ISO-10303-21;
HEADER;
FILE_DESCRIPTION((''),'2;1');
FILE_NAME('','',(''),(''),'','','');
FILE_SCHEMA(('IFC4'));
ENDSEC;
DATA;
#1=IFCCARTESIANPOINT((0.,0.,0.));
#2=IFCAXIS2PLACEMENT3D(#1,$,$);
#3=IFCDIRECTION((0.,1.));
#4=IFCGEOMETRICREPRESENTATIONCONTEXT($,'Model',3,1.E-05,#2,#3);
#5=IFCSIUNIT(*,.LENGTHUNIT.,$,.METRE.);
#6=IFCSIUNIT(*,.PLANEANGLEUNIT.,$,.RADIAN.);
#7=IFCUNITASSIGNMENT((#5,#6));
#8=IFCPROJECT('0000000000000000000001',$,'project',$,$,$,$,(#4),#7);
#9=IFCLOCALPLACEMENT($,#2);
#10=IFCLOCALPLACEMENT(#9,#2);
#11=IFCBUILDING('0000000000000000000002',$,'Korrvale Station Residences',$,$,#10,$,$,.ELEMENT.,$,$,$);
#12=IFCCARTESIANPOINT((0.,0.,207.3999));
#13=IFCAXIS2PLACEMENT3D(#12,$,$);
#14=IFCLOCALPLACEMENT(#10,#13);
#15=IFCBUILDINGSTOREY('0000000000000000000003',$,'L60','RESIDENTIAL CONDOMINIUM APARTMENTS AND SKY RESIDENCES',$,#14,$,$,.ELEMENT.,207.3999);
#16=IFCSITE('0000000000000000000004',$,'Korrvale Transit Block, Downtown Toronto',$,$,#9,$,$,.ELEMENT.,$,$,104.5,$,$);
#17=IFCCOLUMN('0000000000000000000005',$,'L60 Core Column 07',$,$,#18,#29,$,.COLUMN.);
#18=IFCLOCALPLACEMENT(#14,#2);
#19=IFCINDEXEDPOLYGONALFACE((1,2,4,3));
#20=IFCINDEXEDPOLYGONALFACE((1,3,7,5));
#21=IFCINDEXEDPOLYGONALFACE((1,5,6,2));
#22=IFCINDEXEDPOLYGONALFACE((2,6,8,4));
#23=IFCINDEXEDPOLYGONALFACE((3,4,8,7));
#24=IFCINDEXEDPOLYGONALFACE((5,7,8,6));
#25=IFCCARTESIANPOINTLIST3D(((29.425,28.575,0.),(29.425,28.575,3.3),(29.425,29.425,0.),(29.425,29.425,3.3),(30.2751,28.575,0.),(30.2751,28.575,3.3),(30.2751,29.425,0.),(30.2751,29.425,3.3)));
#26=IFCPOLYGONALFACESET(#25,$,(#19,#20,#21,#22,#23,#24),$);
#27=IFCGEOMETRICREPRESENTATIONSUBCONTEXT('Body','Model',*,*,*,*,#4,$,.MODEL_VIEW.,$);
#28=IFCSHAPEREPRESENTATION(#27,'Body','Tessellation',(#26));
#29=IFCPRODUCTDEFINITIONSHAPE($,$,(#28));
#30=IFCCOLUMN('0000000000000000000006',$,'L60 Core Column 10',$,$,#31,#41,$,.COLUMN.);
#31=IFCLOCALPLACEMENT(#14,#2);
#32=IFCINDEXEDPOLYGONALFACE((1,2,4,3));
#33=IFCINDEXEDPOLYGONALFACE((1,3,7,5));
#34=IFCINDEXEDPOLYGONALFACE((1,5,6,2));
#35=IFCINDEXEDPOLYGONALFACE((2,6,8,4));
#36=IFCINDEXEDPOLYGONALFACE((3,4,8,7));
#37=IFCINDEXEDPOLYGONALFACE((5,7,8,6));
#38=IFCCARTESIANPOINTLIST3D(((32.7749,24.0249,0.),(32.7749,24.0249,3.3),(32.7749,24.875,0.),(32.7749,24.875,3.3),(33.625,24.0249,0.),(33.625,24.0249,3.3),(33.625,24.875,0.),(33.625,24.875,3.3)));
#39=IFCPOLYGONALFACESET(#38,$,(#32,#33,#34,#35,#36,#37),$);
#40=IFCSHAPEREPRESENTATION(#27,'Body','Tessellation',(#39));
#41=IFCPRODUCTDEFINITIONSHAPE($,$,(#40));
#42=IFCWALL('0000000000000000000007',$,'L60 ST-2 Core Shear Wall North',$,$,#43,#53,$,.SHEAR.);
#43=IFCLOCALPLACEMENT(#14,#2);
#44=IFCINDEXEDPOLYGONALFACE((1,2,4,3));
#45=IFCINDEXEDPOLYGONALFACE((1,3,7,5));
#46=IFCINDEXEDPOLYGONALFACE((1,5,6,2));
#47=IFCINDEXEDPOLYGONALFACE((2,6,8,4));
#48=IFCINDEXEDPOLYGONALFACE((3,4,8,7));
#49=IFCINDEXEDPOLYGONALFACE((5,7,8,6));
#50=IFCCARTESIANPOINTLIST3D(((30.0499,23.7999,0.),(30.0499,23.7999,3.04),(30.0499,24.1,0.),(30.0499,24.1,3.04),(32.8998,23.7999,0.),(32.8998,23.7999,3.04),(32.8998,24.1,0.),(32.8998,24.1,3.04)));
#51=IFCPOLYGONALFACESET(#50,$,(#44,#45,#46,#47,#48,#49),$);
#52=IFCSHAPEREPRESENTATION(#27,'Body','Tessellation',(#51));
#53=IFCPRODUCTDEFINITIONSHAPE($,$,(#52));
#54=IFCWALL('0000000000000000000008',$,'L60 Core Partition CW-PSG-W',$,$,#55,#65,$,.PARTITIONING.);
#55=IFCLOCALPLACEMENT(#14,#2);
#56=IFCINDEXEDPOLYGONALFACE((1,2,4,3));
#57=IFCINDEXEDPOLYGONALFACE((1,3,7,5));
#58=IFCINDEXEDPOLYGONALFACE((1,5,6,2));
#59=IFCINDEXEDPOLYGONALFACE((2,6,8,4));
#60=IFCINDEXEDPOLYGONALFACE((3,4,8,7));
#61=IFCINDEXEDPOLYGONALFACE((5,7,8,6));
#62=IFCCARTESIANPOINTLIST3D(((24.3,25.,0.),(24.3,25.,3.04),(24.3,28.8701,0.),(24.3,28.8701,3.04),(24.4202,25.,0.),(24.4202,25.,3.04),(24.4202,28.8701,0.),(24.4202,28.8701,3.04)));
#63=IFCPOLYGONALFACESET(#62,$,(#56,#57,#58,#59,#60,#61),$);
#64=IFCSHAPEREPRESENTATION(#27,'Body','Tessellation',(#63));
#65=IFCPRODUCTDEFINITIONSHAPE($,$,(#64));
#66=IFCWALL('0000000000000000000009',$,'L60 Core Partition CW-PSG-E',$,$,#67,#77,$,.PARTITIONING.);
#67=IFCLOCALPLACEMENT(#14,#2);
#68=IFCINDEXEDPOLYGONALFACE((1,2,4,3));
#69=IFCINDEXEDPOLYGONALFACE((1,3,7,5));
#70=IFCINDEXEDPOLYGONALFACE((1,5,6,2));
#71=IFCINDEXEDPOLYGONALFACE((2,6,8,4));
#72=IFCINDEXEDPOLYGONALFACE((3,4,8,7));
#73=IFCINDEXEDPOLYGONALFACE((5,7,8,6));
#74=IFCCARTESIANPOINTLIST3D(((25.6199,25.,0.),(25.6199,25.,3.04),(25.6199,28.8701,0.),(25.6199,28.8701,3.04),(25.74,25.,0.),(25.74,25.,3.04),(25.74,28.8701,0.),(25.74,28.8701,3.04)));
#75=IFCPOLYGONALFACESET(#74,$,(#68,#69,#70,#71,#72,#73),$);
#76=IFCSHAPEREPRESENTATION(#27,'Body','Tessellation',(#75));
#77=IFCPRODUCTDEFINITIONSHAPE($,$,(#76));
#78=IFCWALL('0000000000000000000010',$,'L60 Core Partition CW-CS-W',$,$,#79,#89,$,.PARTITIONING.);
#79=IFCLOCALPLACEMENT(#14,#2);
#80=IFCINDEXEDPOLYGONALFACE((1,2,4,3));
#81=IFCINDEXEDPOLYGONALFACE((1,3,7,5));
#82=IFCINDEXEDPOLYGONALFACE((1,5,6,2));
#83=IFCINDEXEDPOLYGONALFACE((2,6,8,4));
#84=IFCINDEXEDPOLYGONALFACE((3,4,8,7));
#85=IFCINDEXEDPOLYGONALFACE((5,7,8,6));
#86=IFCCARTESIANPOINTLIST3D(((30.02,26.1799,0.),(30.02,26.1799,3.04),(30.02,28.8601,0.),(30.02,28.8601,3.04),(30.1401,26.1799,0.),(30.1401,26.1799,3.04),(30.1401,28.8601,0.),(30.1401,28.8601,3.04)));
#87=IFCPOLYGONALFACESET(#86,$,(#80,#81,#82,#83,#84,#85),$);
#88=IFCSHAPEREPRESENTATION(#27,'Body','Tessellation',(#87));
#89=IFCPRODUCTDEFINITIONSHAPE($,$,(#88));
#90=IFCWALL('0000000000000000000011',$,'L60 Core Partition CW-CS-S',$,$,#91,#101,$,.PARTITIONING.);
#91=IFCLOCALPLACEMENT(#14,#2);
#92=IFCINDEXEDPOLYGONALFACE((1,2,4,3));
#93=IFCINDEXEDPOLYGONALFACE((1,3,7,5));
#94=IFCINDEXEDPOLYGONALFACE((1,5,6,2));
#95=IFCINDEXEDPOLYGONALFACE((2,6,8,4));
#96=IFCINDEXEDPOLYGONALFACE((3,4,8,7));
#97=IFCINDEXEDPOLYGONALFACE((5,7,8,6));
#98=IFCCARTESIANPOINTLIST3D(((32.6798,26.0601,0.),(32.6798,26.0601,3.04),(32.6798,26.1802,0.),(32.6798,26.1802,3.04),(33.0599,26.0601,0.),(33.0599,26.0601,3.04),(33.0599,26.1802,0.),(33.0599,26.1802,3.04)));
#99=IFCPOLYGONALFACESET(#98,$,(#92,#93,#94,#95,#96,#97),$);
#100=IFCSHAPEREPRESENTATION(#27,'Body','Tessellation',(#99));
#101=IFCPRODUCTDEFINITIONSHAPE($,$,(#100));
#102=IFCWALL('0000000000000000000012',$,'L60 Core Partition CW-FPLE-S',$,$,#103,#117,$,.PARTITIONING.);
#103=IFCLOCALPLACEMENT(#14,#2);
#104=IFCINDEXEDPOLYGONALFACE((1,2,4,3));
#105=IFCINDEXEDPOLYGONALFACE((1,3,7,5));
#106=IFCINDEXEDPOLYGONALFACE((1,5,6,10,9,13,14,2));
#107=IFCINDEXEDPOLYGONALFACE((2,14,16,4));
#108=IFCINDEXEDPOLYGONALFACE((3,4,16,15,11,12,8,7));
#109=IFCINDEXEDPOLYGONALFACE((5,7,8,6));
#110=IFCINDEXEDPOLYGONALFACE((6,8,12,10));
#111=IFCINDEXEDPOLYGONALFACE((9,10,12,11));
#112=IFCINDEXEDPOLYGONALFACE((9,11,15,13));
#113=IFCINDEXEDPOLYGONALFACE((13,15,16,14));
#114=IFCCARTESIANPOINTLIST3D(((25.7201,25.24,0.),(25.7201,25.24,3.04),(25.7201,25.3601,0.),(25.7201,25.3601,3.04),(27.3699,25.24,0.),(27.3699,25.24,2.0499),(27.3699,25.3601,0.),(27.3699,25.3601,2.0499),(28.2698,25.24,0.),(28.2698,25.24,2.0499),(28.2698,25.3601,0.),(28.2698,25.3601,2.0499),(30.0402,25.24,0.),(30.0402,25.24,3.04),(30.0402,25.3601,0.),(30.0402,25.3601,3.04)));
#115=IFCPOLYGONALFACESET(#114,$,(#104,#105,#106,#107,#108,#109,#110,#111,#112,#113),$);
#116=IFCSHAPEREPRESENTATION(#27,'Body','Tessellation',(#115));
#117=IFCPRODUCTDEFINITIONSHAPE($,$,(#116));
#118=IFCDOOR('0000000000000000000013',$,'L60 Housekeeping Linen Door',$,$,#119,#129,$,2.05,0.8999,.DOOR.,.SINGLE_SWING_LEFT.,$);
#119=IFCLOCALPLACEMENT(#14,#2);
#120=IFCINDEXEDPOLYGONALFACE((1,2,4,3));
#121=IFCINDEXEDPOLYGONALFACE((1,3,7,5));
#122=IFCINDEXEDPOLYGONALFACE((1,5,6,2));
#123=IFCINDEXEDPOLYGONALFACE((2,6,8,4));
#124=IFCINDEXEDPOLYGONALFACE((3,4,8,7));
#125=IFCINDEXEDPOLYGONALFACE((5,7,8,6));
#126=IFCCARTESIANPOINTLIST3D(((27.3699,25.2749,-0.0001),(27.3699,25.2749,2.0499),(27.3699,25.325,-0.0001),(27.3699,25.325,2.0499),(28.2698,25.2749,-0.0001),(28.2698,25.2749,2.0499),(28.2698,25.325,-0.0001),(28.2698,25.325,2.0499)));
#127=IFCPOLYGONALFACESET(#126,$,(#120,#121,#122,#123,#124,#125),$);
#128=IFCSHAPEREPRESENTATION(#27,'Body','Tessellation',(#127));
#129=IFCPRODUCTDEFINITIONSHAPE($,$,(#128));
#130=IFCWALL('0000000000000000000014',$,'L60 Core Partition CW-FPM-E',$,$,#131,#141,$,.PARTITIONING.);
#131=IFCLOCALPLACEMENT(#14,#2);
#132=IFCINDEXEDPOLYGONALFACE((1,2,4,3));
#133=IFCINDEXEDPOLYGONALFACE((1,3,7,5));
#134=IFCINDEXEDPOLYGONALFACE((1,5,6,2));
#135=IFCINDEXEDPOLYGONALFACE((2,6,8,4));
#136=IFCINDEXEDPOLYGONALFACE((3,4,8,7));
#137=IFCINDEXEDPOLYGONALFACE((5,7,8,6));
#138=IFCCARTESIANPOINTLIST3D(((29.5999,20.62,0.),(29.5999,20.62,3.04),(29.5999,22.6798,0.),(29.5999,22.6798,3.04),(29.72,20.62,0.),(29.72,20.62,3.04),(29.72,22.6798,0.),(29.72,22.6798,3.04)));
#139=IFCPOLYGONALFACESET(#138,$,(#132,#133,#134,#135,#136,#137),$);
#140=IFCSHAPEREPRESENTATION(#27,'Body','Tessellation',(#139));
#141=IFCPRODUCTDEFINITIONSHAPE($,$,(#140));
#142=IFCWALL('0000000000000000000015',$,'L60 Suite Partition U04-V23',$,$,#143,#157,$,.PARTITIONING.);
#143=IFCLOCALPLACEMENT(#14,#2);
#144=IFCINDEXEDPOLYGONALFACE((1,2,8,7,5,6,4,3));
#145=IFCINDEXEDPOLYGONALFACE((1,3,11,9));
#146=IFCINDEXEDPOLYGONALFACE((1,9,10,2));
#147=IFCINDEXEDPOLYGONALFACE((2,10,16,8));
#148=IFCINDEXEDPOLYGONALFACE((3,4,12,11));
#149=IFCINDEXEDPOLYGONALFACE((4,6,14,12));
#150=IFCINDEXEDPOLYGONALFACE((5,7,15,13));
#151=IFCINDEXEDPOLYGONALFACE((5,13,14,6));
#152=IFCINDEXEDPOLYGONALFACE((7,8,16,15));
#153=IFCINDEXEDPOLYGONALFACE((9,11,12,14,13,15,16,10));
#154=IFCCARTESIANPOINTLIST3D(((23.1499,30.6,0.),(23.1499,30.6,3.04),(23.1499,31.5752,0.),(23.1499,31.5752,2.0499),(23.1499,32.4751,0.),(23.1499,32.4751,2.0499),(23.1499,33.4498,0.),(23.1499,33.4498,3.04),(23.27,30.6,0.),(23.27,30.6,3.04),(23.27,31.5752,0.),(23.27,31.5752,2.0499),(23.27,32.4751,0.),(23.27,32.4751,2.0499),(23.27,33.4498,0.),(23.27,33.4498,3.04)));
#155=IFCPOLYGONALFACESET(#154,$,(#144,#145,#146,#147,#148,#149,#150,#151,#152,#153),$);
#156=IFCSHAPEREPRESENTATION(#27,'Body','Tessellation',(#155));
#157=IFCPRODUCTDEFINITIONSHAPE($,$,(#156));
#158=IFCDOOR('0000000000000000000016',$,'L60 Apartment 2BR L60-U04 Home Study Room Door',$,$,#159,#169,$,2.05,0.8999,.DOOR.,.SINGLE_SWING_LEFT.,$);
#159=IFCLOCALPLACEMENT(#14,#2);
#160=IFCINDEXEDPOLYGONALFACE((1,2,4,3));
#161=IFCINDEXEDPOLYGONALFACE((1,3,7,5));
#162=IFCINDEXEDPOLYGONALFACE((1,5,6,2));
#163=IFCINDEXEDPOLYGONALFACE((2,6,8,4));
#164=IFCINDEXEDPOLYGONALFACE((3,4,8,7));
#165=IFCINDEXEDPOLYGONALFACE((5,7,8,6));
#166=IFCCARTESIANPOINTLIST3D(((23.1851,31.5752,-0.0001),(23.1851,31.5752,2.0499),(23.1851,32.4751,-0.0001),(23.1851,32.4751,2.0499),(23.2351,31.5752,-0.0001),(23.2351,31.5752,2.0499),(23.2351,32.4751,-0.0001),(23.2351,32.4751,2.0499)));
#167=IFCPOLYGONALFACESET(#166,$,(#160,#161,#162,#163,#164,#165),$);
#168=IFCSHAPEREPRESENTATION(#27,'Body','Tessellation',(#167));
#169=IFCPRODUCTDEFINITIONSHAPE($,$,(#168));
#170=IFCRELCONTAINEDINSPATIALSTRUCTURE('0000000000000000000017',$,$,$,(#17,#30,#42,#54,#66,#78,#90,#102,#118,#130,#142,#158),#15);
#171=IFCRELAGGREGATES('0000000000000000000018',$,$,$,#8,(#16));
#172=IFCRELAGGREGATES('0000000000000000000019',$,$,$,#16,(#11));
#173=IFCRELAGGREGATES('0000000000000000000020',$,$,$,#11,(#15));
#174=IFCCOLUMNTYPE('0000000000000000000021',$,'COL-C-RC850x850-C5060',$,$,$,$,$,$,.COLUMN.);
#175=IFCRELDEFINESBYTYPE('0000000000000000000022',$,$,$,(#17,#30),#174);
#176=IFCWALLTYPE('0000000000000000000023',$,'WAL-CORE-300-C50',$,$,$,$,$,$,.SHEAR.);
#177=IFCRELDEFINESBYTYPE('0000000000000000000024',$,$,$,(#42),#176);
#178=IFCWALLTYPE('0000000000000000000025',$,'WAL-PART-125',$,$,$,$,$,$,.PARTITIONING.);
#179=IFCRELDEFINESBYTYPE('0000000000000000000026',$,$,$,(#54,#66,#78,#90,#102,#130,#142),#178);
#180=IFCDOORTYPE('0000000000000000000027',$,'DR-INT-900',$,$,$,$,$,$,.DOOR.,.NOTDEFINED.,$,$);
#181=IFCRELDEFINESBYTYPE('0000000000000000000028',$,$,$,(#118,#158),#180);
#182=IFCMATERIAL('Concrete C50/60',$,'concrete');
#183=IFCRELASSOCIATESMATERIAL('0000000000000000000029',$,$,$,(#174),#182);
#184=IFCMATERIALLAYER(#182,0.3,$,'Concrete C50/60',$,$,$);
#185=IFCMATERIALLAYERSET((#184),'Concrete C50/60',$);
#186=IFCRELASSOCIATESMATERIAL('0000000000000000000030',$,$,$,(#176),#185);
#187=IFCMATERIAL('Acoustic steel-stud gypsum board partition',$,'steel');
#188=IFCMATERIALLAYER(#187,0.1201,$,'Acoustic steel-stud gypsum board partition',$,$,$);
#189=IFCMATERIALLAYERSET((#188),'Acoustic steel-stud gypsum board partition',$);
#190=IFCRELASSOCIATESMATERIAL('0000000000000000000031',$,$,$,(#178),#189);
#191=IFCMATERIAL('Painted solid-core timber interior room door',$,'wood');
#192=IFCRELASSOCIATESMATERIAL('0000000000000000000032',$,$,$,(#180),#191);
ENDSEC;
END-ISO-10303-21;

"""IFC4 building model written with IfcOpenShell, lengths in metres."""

from ifc_helpers import new_model, si_unit, direction, frame, frame_2d, origin, origin_2d, place, context, subcontext, project, spatial, rectangle, extrude, material, layer, layer_set, material_profile, profile_set, type_object, element, fill, save


model = new_model("IFC4")

# Units and contexts
model_context = context("Model", 3, precision=1e-05, world=origin(), true_north=direction((0.0, 1.0)))
body_context = subcontext(model_context, "Body", "Model", "MODEL_VIEW")
ifc_project = project(units=[si_unit("LENGTHUNIT", "METRE"), si_unit("PLANEANGLEUNIT", "RADIAN")], contexts=[model_context])

# Site, building, storey
site_placement = place(None, origin())
site = spatial("IfcSite", under=ifc_project, at=site_placement, Name="Korrvale Transit Block, Downtown Toronto", CompositionType="ELEMENT", RefElevation=104.5)
building_placement = place(site_placement, origin())
building = spatial("IfcBuilding", under=site, at=building_placement, Name="Korrvale Station Residences", CompositionType="ELEMENT")
storey_placement = place(building_placement, frame((0.0, 0.0, 207.3999)))
storey = spatial("IfcBuildingStorey", under=building, at=storey_placement, Name="L60", Description="RESIDENTIAL CONDOMINIUM APARTMENTS AND SKY RESIDENCES", CompositionType="ELEMENT", Elevation=207.3999)

# Columns
ifc_material_1 = material(Name="Concrete C50/60", Category="concrete")
ifc_material_profile = material_profile(ifc_material_1, rectangle(XDim=0.8501, YDim=0.8501, at=origin_2d()), Name="RC850x850")
ifc_profile_set = profile_set([ifc_material_profile], Name="Concrete C50/60")
column_type = type_object("IfcColumnType", Name="COL-C-RC850x850-C5060", PredefinedType="COLUMN", material=ifc_profile_set)
for number, where, z_axis, x_axis, name in (
    (1, (29.8501, 29.0, 0.0), (0.0, 0.0, 1.0), (1.0, 0.0, 0.0), "L60 Core Column 07"),
    (2, (33.2, 24.45, 0.0), (0.0, 0.0, 1.0), (1.0, 0.0, 0.0), "L60 Core Column 10"),
):
    element("IfcColumn", number, at=place(storey_placement, frame(where, z_axis=z_axis, x_axis=x_axis)), inside=storey, type_object=column_type, Name=name, PredefinedType="COLUMN", context=body_context, shape_type="SweptSolid", body=[
        extrude(rectangle(XDim=0.8501, YDim=0.8501, at=origin_2d()), origin(), (0.0, 0.0, 1.0), 3.3),
    ])

# Walls
ifc_layer_1 = layer(ifc_material_1, 0.3, Name="Concrete C50/60")
ifc_layer_set_1 = layer_set([ifc_layer_1], Name="Concrete C50/60")
wall_type_1 = type_object("IfcWallType", Name="WAL-CORE-300-C50", PredefinedType="SHEAR", material=ifc_layer_set_1)
wall_1_placement = place(storey_placement, frame((30.05, 23.95, 0.0), z_axis=(0.0, 0.0, 1.0), x_axis=(1.0, 0.0, 0.0)))
element("IfcWall", 3, at=wall_1_placement, inside=storey, type_object=wall_type_1, Name="L60 ST-2 Core Shear Wall North", PredefinedType="SHEAR", context=body_context, shape_type="SweptSolid", body=[
    extrude(rectangle(XDim=2.8499, YDim=0.3, at=frame_2d((1.4248, 0.0))), origin(), (0.0, 0.0, 1.0), 3.04),
])
ifc_material_2 = material(Name="Acoustic steel-stud gypsum board partition", Category="steel")
ifc_layer_2 = layer(ifc_material_2, 0.1201, Name="Acoustic steel-stud gypsum board partition")
ifc_layer_set_2 = layer_set([ifc_layer_2], Name="Acoustic steel-stud gypsum board partition")
wall_type_2 = type_object("IfcWallType", Name="WAL-PART-125", PredefinedType="PARTITIONING", material=ifc_layer_set_2)
for number, where, z_axis, x_axis, name in (
    (4, (24.3601, 25.0, 0.0), (0.0, 0.0, 1.0), (0.0, 1.0, 0.0), "L60 Core Partition CW-PSG-W"),
    (5, (25.6799, 25.0, 0.0), (0.0, 0.0, 1.0), (0.0, 1.0, 0.0), "L60 Core Partition CW-PSG-E"),
):
    element("IfcWall", number, at=place(storey_placement, frame(where, z_axis=z_axis, x_axis=x_axis)), inside=storey, type_object=wall_type_2, Name=name, PredefinedType="PARTITIONING", context=body_context, shape_type="SweptSolid", body=[
        extrude(rectangle(XDim=3.8701, YDim=0.1201, at=frame_2d((1.9351, 0.0))), origin(), (0.0, 0.0, 1.0), 3.04),
    ])
wall_2_placement = place(storey_placement, frame((30.0801, 26.1799, 0.0), z_axis=(0.0, 0.0, 1.0), x_axis=(0.0, 1.0, 0.0)))
element("IfcWall", 6, at=wall_2_placement, inside=storey, type_object=wall_type_2, Name="L60 Core Partition CW-CS-W", PredefinedType="PARTITIONING", context=body_context, shape_type="SweptSolid", body=[
    extrude(rectangle(XDim=2.6802, YDim=0.1201, at=frame_2d((1.3401, 0.0))), origin(), (0.0, 0.0, 1.0), 3.04),
])
wall_3_placement = place(storey_placement, frame((32.6799, 26.1201, 0.0), z_axis=(0.0, 0.0, 1.0), x_axis=(1.0, 0.0, 0.0)))
element("IfcWall", 7, at=wall_3_placement, inside=storey, type_object=wall_type_2, Name="L60 Core Partition CW-CS-S", PredefinedType="PARTITIONING", context=body_context, shape_type="SweptSolid", body=[
    extrude(rectangle(XDim=0.3801, YDim=0.1201, at=frame_2d((0.1899, 0.0))), origin(), (0.0, 0.0, 1.0), 3.04),
])

# Wall, opening, door
wall_4_placement = place(storey_placement, frame((25.72, 25.3, 0.0), z_axis=(0.0, 0.0, 1.0), x_axis=(1.0, 0.0, 0.0)))
wall_4 = element("IfcWall", 8, at=wall_4_placement, inside=storey, type_object=wall_type_2, Name="L60 Core Partition CW-FPLE-S", PredefinedType="PARTITIONING", context=body_context, shape_type="SweptSolid", body=[
    extrude(rectangle(XDim=4.3201, YDim=0.1201, at=frame_2d((2.1602, 0.0))), origin(), (0.0, 0.0, 1.0), 3.04),
])
opening_1_placement = place(wall_4_placement, frame((1.6499, 0.0, 0.0)))
opening_1 = element("IfcOpeningElement", 9, at=opening_1_placement, cuts=wall_4, PredefinedType="OPENING", context=body_context, shape_type="SweptSolid", body=[
    extrude(rectangle(XDim=0.8999, YDim=2.05, at=frame_2d((0.45, 1.0249))), frame((0.0, 0.0701, 0.0), z_axis=(0.0, -1.0, 0.0), x_axis=(1.0, 0.0, 0.0)), (0.0, 0.0, 1.0), 0.1401),
])
ifc_material_3 = material(Name="Painted solid-core timber interior room door", Category="wood")
door_type_1 = type_object("IfcDoorType", Name="DR-INT-900", OperationType="NOTDEFINED", PredefinedType="DOOR", material=ifc_material_3)
door_1_placement = place(opening_1_placement, origin())
door_1 = element("IfcDoor", 10, at=door_1_placement, inside=storey, type_object=door_type_1, Name="L60 Housekeeping Linen Door", OperationType="SINGLE_SWING_LEFT", OverallHeight=2.05, OverallWidth=0.8999, PredefinedType="DOOR", context=body_context, shape_type="SweptSolid", body=[
    extrude(rectangle(XDim=0.8999, YDim=2.05, at=frame_2d((0.45, 1.0249))), frame((0.0, 0.0249, 0.0), z_axis=(0.0, -1.0, 0.0), x_axis=(1.0, 0.0, 0.0)), (0.0, 0.0, 1.0), 0.05),
])
fill(opening_1, door_1)

# Wall
wall_5_placement = place(storey_placement, frame((29.6599, 20.6201, 0.0), z_axis=(0.0, 0.0, 1.0), x_axis=(0.0, 1.0, 0.0)))
element("IfcWall", 11, at=wall_5_placement, inside=storey, type_object=wall_type_2, Name="L60 Core Partition CW-FPM-E", PredefinedType="PARTITIONING", context=body_context, shape_type="SweptSolid", body=[
    extrude(rectangle(XDim=2.0598, YDim=0.1201, at=frame_2d((1.0298, 0.0))), origin(), (0.0, 0.0, 1.0), 3.04),
])

# Wall, opening, door
wall_6_placement = place(storey_placement, frame((23.21, 30.6001, 0.0), z_axis=(0.0, 0.0, 1.0), x_axis=(0.0, 1.0, 0.0)))
wall_6 = element("IfcWall", 12, at=wall_6_placement, inside=storey, type_object=wall_type_2, Name="L60 Suite Partition U04-V23", PredefinedType="PARTITIONING", context=body_context, shape_type="SweptSolid", body=[
    extrude(rectangle(XDim=2.8499, YDim=0.1201, at=frame_2d((1.4248, 0.0))), origin(), (0.0, 0.0, 1.0), 3.04),
])
opening_2_placement = place(wall_6_placement, frame((0.9751, 0.0, 0.0)))
opening_2 = element("IfcOpeningElement", 13, at=opening_2_placement, cuts=wall_6, PredefinedType="OPENING", context=body_context, shape_type="SweptSolid", body=[
    extrude(rectangle(XDim=0.8999, YDim=2.05, at=frame_2d((0.45, 1.0249))), frame((0.0, 0.0701, 0.0), z_axis=(0.0, -1.0, 0.0), x_axis=(1.0, 0.0, 0.0)), (0.0, 0.0, 1.0), 0.1401),
])
door_2_placement = place(opening_2_placement, origin())
door_2 = element("IfcDoor", 14, at=door_2_placement, inside=storey, type_object=door_type_1, Name="L60 Apartment 2BR L60-U04 Home Study Room Door", OperationType="SINGLE_SWING_LEFT", OverallHeight=2.05, OverallWidth=0.8999, PredefinedType="DOOR", context=body_context, shape_type="SweptSolid", body=[
    extrude(rectangle(XDim=0.8999, YDim=2.05, at=frame_2d((0.45, 1.0249))), frame((0.0, 0.0249, 0.0), z_axis=(0.0, -1.0, 0.0), x_axis=(1.0, 0.0, 0.0)), (0.0, 0.0, 1.0), 0.05),
])
fill(opening_2, door_2)

save(model, "model.ifc")
